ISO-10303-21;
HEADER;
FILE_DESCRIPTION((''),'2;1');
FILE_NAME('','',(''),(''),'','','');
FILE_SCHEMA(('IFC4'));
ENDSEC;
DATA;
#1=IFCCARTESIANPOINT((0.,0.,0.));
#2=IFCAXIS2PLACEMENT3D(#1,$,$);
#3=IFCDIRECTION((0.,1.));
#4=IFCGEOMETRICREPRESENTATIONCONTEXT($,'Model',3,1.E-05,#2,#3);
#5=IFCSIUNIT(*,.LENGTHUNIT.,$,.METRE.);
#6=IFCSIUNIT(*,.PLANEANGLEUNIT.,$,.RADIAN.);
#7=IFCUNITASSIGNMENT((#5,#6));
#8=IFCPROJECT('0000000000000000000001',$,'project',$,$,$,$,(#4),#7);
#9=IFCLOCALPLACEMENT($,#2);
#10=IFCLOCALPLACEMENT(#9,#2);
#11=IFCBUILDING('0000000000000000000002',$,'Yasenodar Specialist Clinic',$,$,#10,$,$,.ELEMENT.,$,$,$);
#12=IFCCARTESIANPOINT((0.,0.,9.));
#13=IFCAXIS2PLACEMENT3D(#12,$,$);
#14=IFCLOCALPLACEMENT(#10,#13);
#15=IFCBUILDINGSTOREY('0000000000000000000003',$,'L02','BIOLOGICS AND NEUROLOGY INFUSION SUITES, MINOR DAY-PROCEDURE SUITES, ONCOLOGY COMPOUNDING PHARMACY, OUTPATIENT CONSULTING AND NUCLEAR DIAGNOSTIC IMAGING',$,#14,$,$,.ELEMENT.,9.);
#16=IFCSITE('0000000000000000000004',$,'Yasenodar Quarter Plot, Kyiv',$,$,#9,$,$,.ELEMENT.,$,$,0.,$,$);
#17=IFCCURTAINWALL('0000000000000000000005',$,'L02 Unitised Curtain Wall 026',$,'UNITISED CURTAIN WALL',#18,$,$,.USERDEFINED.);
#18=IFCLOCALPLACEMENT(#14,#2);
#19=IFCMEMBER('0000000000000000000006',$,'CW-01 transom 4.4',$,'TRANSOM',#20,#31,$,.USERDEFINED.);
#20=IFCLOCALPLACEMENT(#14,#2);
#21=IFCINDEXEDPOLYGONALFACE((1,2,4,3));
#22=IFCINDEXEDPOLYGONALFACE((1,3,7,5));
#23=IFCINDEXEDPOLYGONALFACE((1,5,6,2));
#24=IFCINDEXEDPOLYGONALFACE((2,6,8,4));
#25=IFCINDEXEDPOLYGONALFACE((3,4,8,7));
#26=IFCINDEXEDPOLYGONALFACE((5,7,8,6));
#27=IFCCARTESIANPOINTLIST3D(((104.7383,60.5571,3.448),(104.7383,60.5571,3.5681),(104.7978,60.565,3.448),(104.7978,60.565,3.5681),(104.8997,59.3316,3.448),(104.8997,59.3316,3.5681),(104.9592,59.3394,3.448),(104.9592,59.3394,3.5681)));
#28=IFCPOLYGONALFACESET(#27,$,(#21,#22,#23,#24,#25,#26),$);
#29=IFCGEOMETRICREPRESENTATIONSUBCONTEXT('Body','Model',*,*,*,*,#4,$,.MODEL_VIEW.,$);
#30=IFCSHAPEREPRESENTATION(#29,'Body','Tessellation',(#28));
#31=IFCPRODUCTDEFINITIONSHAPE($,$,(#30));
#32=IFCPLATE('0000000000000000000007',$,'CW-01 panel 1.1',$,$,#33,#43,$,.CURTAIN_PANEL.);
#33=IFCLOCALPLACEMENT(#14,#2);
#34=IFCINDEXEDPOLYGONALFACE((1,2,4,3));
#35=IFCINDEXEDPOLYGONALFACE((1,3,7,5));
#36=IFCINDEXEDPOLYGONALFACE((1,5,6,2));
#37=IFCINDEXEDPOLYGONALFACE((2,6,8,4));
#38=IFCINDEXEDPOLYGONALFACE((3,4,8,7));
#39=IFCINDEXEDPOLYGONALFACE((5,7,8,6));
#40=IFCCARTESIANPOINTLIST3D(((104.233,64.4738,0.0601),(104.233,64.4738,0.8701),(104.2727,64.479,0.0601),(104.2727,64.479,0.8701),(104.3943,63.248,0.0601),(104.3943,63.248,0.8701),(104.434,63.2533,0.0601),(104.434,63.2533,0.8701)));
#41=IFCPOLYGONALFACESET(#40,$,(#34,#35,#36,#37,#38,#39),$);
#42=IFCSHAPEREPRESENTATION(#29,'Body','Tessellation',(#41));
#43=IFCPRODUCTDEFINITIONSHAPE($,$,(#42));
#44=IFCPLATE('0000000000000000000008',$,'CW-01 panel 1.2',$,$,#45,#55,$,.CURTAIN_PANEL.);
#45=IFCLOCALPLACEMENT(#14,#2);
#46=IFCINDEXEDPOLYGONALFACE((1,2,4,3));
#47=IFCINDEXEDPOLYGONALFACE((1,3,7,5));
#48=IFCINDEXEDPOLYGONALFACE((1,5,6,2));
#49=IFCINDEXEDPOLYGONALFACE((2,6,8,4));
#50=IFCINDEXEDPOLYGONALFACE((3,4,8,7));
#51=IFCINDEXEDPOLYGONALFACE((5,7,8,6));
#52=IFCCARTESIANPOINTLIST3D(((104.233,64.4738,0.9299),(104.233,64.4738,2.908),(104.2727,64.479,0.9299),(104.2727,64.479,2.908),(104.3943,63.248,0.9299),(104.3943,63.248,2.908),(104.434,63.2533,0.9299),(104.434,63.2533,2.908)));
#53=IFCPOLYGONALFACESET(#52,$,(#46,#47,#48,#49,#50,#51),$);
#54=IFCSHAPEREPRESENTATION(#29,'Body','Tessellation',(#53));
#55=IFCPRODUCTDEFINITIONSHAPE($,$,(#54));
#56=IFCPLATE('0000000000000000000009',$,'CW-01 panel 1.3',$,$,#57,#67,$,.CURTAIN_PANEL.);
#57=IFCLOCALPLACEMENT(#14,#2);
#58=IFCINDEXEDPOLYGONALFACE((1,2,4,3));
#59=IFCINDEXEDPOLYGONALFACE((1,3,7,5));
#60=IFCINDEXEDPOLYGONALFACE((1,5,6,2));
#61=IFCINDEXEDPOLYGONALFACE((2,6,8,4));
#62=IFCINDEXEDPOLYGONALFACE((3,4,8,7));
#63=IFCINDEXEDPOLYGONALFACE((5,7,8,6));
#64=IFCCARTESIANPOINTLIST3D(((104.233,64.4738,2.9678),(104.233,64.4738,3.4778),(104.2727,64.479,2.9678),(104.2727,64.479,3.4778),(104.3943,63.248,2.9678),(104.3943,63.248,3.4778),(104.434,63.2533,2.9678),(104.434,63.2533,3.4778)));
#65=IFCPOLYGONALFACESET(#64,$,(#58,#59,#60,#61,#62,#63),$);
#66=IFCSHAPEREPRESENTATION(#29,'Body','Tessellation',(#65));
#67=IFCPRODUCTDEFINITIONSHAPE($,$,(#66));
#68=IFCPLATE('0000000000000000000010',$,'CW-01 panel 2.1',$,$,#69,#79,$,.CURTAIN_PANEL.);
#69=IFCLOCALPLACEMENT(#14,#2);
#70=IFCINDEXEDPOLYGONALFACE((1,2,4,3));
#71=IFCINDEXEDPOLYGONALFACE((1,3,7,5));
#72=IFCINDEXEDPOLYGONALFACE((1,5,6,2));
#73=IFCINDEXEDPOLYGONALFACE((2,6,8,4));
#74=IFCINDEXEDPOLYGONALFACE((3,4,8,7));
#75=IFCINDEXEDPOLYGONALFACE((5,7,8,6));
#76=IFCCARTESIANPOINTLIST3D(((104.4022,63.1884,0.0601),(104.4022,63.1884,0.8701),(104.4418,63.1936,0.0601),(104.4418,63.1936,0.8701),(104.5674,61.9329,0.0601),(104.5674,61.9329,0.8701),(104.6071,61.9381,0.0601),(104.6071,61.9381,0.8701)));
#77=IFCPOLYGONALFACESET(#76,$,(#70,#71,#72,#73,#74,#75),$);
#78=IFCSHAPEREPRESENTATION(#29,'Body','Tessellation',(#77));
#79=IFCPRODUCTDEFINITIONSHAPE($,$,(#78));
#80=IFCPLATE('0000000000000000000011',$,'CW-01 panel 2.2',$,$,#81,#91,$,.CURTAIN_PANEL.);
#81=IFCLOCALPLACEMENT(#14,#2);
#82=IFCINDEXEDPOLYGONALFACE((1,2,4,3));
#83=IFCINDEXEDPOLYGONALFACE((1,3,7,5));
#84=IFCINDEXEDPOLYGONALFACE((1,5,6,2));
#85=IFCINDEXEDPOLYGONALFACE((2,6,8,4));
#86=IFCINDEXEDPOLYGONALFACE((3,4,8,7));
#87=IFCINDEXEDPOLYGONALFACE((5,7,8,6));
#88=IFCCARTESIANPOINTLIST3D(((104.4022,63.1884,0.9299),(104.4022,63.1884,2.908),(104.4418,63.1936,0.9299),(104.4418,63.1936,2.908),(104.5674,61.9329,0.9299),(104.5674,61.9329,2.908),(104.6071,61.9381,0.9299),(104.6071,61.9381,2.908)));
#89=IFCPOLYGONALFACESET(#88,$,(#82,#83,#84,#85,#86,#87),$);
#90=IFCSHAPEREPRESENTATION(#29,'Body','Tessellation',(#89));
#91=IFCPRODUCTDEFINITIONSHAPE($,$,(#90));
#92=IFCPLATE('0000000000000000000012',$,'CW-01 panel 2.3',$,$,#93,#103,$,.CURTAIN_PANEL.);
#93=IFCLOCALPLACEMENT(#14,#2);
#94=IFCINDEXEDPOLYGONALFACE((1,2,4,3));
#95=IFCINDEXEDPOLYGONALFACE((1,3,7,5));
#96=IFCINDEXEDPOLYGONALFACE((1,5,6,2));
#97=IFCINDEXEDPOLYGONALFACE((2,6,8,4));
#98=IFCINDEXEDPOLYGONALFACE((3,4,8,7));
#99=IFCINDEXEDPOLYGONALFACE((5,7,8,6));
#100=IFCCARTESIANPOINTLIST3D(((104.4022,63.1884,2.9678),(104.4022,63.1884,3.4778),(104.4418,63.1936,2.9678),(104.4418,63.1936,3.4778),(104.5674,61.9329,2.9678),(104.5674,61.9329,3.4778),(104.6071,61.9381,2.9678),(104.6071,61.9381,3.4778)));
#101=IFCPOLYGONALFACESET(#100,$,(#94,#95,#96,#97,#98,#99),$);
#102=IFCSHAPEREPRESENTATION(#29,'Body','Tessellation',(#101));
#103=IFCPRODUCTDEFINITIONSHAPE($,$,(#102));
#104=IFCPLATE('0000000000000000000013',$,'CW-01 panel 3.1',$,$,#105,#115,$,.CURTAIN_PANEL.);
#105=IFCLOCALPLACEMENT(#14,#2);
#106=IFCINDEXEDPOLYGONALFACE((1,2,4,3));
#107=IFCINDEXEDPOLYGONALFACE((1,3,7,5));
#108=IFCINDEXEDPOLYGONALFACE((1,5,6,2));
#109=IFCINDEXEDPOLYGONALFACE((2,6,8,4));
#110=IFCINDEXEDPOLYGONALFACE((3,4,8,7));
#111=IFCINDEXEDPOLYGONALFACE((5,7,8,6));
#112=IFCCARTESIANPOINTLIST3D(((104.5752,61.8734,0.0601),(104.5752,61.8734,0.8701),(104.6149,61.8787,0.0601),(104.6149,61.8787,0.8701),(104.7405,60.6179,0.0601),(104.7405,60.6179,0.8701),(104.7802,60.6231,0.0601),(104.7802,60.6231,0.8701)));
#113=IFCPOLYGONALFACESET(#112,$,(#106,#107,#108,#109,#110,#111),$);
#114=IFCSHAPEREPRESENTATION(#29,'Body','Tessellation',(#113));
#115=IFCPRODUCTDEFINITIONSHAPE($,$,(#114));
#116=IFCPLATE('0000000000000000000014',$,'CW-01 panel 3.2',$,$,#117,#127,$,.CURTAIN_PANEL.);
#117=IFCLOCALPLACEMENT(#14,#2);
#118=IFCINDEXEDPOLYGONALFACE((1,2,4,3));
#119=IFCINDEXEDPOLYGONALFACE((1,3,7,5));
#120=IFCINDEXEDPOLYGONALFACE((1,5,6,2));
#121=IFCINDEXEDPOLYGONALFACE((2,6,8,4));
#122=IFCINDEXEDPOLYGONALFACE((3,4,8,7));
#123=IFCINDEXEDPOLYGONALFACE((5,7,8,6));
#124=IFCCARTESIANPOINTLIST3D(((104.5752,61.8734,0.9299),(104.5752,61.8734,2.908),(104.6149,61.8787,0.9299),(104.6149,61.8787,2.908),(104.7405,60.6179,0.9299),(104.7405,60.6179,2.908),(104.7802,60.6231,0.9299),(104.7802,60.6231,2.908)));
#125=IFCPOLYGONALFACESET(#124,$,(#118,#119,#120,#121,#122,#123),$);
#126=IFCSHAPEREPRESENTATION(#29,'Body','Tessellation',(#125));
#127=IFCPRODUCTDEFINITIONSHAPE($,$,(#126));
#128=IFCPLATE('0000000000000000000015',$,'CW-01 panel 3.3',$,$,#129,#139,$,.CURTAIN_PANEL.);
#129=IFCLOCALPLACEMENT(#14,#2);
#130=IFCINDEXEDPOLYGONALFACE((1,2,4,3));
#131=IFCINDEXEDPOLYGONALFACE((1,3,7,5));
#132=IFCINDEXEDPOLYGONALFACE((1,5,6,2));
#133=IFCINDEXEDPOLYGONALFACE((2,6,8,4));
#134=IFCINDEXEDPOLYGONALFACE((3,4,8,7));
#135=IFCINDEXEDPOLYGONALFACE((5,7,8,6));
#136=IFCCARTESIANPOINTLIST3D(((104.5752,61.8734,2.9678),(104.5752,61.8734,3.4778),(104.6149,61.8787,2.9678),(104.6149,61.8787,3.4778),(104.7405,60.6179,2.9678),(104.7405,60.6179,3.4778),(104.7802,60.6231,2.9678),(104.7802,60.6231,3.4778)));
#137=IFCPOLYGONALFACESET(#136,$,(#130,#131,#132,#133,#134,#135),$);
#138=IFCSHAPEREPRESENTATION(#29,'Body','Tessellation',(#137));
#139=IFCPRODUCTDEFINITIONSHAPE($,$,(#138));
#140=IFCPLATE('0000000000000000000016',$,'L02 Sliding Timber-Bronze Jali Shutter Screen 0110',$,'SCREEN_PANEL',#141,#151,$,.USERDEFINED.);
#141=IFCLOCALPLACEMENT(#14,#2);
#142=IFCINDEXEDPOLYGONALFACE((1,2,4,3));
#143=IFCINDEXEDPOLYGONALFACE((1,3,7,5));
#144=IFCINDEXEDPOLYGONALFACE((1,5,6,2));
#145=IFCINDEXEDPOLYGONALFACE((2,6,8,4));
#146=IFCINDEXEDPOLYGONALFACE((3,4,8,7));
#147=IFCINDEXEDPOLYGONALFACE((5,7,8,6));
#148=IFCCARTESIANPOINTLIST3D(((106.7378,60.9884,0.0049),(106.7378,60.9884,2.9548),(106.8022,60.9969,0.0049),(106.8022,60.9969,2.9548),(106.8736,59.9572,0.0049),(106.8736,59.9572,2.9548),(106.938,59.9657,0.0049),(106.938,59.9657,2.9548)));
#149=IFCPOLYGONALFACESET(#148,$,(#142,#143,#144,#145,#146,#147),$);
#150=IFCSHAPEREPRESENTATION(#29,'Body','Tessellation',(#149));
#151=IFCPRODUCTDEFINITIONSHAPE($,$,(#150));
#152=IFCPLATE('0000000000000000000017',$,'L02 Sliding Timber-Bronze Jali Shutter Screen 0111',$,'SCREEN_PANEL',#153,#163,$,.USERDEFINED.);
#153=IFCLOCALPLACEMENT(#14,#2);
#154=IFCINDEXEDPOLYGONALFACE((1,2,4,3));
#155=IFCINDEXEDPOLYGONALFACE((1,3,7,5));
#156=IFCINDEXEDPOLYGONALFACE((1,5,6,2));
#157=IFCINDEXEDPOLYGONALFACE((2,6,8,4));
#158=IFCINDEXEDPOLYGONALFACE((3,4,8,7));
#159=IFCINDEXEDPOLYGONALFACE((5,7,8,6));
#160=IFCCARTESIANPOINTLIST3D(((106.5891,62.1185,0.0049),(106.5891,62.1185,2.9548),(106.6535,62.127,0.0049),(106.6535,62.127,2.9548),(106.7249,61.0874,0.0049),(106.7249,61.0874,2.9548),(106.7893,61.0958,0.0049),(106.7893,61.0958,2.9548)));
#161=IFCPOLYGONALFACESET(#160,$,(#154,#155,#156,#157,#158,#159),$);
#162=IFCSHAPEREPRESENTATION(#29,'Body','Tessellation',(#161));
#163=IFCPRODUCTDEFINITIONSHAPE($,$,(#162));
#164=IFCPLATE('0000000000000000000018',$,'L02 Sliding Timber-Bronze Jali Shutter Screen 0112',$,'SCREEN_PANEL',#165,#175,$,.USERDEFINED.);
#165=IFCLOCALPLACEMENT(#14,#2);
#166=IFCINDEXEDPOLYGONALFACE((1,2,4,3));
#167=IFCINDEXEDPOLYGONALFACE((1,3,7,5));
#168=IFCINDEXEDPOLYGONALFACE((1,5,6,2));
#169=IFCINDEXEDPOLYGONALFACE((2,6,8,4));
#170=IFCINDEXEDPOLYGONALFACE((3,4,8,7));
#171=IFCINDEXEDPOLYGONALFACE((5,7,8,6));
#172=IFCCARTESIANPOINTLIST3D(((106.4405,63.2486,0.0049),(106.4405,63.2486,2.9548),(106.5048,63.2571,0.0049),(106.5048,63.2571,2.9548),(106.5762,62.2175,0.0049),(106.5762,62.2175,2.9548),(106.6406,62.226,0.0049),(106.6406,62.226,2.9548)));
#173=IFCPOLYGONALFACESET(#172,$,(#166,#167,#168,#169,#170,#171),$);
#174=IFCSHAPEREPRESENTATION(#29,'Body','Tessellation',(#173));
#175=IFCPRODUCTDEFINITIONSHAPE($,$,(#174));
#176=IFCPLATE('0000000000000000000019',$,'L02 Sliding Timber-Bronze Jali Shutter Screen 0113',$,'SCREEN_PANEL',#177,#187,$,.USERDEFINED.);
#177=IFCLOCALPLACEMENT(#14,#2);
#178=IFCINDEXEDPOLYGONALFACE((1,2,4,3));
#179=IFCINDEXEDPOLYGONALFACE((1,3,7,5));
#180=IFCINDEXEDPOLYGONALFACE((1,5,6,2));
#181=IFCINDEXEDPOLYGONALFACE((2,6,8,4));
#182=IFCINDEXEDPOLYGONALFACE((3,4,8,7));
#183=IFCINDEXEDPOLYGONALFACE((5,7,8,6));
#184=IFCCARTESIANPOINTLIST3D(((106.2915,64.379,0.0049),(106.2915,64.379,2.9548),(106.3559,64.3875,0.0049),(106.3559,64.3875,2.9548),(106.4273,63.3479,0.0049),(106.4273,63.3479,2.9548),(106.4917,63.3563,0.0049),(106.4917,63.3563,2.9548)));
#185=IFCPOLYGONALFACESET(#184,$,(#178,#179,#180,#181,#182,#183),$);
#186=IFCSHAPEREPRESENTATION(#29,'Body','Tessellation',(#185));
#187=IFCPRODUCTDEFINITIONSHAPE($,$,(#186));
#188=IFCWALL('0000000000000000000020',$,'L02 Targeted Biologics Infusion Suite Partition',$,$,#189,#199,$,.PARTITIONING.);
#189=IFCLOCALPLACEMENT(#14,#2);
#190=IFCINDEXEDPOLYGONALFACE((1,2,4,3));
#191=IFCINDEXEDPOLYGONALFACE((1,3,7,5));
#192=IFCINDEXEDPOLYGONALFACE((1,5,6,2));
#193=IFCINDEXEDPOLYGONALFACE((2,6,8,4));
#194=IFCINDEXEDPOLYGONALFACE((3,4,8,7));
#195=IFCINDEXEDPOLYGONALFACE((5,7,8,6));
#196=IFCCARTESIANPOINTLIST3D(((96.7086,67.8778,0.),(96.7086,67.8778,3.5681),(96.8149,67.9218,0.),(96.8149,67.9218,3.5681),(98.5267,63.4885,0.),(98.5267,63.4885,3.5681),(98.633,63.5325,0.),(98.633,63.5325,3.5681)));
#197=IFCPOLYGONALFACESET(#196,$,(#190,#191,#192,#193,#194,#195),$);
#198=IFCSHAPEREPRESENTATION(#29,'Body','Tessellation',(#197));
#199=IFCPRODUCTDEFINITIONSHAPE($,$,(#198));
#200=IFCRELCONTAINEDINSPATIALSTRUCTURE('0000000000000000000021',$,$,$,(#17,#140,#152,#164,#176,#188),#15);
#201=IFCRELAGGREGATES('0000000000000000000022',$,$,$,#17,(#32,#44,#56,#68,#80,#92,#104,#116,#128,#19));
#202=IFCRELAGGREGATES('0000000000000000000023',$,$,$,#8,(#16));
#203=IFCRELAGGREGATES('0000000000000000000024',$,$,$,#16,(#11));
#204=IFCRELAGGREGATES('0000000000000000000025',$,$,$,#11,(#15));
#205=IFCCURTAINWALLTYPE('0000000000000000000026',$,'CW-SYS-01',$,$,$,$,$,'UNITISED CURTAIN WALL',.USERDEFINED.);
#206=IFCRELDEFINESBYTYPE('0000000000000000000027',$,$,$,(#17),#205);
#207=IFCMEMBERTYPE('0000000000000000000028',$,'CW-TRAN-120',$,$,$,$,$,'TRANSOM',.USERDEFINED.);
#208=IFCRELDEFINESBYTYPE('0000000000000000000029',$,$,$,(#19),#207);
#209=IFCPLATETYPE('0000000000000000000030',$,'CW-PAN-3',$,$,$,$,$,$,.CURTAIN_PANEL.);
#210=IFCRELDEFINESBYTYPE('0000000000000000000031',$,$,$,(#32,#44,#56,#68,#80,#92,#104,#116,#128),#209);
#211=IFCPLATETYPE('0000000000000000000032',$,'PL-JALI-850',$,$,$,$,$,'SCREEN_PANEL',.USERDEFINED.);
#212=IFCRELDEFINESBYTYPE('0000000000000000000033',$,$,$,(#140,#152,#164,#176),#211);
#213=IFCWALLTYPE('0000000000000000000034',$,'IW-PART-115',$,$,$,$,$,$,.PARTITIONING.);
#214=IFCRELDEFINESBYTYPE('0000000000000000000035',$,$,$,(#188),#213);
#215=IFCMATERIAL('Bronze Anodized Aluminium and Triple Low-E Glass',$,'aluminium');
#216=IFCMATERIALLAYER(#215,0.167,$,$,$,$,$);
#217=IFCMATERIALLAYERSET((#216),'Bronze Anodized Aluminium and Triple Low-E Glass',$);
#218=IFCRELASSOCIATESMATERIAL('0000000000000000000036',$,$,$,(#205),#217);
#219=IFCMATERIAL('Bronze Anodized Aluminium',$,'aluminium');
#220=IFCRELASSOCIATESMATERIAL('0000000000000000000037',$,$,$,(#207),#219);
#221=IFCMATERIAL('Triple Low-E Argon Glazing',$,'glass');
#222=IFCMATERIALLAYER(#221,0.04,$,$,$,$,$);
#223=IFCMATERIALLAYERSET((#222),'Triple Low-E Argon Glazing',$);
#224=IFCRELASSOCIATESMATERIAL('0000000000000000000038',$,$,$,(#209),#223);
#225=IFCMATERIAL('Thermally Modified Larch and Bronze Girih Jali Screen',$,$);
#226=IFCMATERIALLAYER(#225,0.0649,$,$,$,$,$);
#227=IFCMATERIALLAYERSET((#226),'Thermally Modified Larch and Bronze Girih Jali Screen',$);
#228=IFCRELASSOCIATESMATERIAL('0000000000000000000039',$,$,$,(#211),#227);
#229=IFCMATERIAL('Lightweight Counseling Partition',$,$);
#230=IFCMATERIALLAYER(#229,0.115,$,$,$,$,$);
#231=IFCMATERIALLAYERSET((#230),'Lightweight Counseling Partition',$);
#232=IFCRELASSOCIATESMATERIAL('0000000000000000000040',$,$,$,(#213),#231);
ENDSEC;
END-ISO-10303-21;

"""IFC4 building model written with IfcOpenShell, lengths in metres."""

from ifc_helpers import new_model, si_unit, direction, frame, frame_2d, origin, origin_2d, place, context, subcontext, project, spatial, rectangle, extrude, material, layer, layer_set, material_profile, profile_set, type_object, element, aggregate, save


model = new_model("IFC4")

# Units and contexts
model_context = context("Model", 3, precision=1e-05, world=origin(), true_north=direction((0.0, 1.0)))
body_context = subcontext(model_context, "Body", "Model", "MODEL_VIEW")
ifc_project = project(units=[si_unit("LENGTHUNIT", "METRE"), si_unit("PLANEANGLEUNIT", "RADIAN")], contexts=[model_context])

# Site, building, storey
site_placement = place(None, origin())
site = spatial("IfcSite", under=ifc_project, at=site_placement, Name="Yasenodar Quarter Plot, Kyiv", CompositionType="ELEMENT", RefElevation=0.0)
building_placement = place(site_placement, origin())
building = spatial("IfcBuilding", under=site, at=building_placement, Name="Yasenodar Specialist Clinic", CompositionType="ELEMENT")
storey_placement = place(building_placement, frame((0.0, 0.0, 9.0)))
storey = spatial("IfcBuildingStorey", under=building, at=storey_placement, Name="L02", Description="BIOLOGICS AND NEUROLOGY INFUSION SUITES, MINOR DAY-PROCEDURE SUITES, ONCOLOGY COMPOUNDING PHARMACY, OUTPATIENT CONSULTING AND NUCLEAR DIAGNOSTIC IMAGING", CompositionType="ELEMENT", Elevation=9.0)

# Curtain wall, member, plates
ifc_material_1 = material(Name="Bronze Anodized Aluminium and Triple Low-E Glass", Category="aluminium")
ifc_layer_1 = layer(ifc_material_1, 0.167)
ifc_layer_set_1 = layer_set([ifc_layer_1], Name="Bronze Anodized Aluminium and Triple Low-E Glass")
curtain_wall_type = type_object("IfcCurtainWallType", Name="CW-SYS-01", ElementType="UNITISED CURTAIN WALL", PredefinedType="USERDEFINED", material=ifc_layer_set_1)
curtain_wall_placement = place(storey_placement, origin())
curtain_wall = element("IfcCurtainWall", 1, at=curtain_wall_placement, inside=storey, type_object=curtain_wall_type, Name="L02 Unitised Curtain Wall 026", ObjectType="UNITISED CURTAIN WALL", PredefinedType="USERDEFINED")
ifc_material_2 = material(Name="Bronze Anodized Aluminium", Category="aluminium")
ifc_material_profile_1 = material_profile(ifc_material_2, rectangle(XDim=0.0601, YDim=0.1201, at=origin_2d()), Name="CW-TRAN 60x120")
ifc_profile_set_1 = profile_set([ifc_material_profile_1], Name="Bronze Anodized Aluminium")
member_type_1 = type_object("IfcMemberType", Name="CW-TRAN-120", ElementType="TRANSOM", PredefinedType="USERDEFINED", material=ifc_profile_set_1)
member_1_placement = place(storey_placement, frame((104.7681, 60.561, 3.5081), z_axis=(0.130546, -0.991442, 0.0), x_axis=(0.991442, 0.130546, 0.0)))
member_1 = element("IfcMember", 2, at=member_1_placement, type_object=member_type_1, Name="CW-01 transom 4.4", ObjectType="TRANSOM", PredefinedType="USERDEFINED", context=body_context, shape_type="SweptSolid", body=[
    extrude(rectangle(XDim=0.0601, YDim=0.1201, at=origin_2d()), origin(), (0.0, 0.0, 1.0), 1.2361),
])
ifc_material_3 = material(Name="Triple Low-E Argon Glazing", Category="glass")
ifc_layer_2 = layer(ifc_material_3, 0.04)
ifc_layer_set_2 = layer_set([ifc_layer_2], Name="Triple Low-E Argon Glazing")
plate_type_1 = type_object("IfcPlateType", Name="CW-PAN-3", PredefinedType="CURTAIN_PANEL", material=ifc_layer_set_2)
plate_1_placement = place(storey_placement, frame((104.3335, 63.8635, 0.0601), z_axis=(0.0, 0.0, 1.0), x_axis=(0.130512, -0.991447, 0.0)))
plate_1 = element("IfcPlate", 3, at=plate_1_placement, type_object=plate_type_1, Name="CW-01 panel 1.1", PredefinedType="CURTAIN_PANEL", context=body_context, shape_type="SweptSolid", body=[
    extrude(rectangle(XDim=1.2363, YDim=0.04, at=origin_2d()), origin(), (0.0, 0.0, 1.0), 0.8101),
])
plate_2_placement = place(storey_placement, frame((104.3335, 63.8635, 0.9299), z_axis=(0.0, 0.0, 1.0), x_axis=(0.130512, -0.991447, 0.0)))
plate_2 = element("IfcPlate", 4, at=plate_2_placement, type_object=plate_type_1, Name="CW-01 panel 1.2", PredefinedType="CURTAIN_PANEL", context=body_context, shape_type="SweptSolid", body=[
    extrude(rectangle(XDim=1.2363, YDim=0.04, at=origin_2d()), origin(), (0.0, 0.0, 1.0), 1.978),
])
plate_3_placement = place(storey_placement, frame((104.3335, 63.8635, 2.9678), z_axis=(0.0, 0.0, 1.0), x_axis=(0.130512, -0.991447, 0.0)))
plate_3 = element("IfcPlate", 5, at=plate_3_placement, type_object=plate_type_1, Name="CW-01 panel 1.3", PredefinedType="CURTAIN_PANEL", context=body_context, shape_type="SweptSolid", body=[
    extrude(rectangle(XDim=1.2363, YDim=0.04, at=origin_2d()), origin(), (0.0, 0.0, 1.0), 0.51),
])
plate_4_placement = place(storey_placement, frame((104.5046, 62.5632, 0.0601), z_axis=(0.0, 0.0, 1.0), x_axis=(0.130512, -0.991447, 0.0)))
plate_4 = element("IfcPlate", 6, at=plate_4_placement, type_object=plate_type_1, Name="CW-01 panel 2.1", PredefinedType="CURTAIN_PANEL", context=body_context, shape_type="SweptSolid", body=[
    extrude(rectangle(XDim=1.2664, YDim=0.04, at=origin_2d()), origin(), (0.0, 0.0, 1.0), 0.8101),
])
plate_5_placement = place(storey_placement, frame((104.5046, 62.5632, 0.9299), z_axis=(0.0, 0.0, 1.0), x_axis=(0.130512, -0.991447, 0.0)))
plate_5 = element("IfcPlate", 7, at=plate_5_placement, type_object=plate_type_1, Name="CW-01 panel 2.2", PredefinedType="CURTAIN_PANEL", context=body_context, shape_type="SweptSolid", body=[
    extrude(rectangle(XDim=1.2664, YDim=0.04, at=origin_2d()), origin(), (0.0, 0.0, 1.0), 1.978),
])
plate_6_placement = place(storey_placement, frame((104.5046, 62.5632, 2.9678), z_axis=(0.0, 0.0, 1.0), x_axis=(0.130512, -0.991447, 0.0)))
plate_6 = element("IfcPlate", 8, at=plate_6_placement, type_object=plate_type_1, Name="CW-01 panel 2.3", PredefinedType="CURTAIN_PANEL", context=body_context, shape_type="SweptSolid", body=[
    extrude(rectangle(XDim=1.2664, YDim=0.04, at=origin_2d()), origin(), (0.0, 0.0, 1.0), 0.51),
])
plate_7_placement = place(storey_placement, frame((104.6777, 61.2483, 0.0601), z_axis=(0.0, 0.0, 1.0), x_axis=(0.130512, -0.991447, 0.0)))
plate_7 = element("IfcPlate", 9, at=plate_7_placement, type_object=plate_type_1, Name="CW-01 panel 3.1", PredefinedType="CURTAIN_PANEL", context=body_context, shape_type="SweptSolid", body=[
    extrude(rectangle(XDim=1.2664, YDim=0.04, at=origin_2d()), origin(), (0.0, 0.0, 1.0), 0.8101),
])
plate_8_placement = place(storey_placement, frame((104.6777, 61.2483, 0.9299), z_axis=(0.0, 0.0, 1.0), x_axis=(0.130512, -0.991447, 0.0)))
plate_8 = element("IfcPlate", 10, at=plate_8_placement, type_object=plate_type_1, Name="CW-01 panel 3.2", PredefinedType="CURTAIN_PANEL", context=body_context, shape_type="SweptSolid", body=[
    extrude(rectangle(XDim=1.2664, YDim=0.04, at=origin_2d()), origin(), (0.0, 0.0, 1.0), 1.978),
])
plate_9_placement = place(storey_placement, frame((104.6777, 61.2483, 2.9678), z_axis=(0.0, 0.0, 1.0), x_axis=(0.130512, -0.991447, 0.0)))
plate_9 = element("IfcPlate", 11, at=plate_9_placement, type_object=plate_type_1, Name="CW-01 panel 3.3", PredefinedType="CURTAIN_PANEL", context=body_context, shape_type="SweptSolid", body=[
    extrude(rectangle(XDim=1.2664, YDim=0.04, at=origin_2d()), origin(), (0.0, 0.0, 1.0), 0.51),
])
aggregate(curtain_wall, [plate_1, plate_2, plate_3, plate_4, plate_5, plate_6, plate_7, plate_8, plate_9, member_1])

# Plates
ifc_material_4 = material(Name="Thermally Modified Larch and Bronze Girih Jali Screen")
ifc_layer_3 = layer(ifc_material_4, 0.0649)
ifc_layer_set_3 = layer_set([ifc_layer_3], Name="Thermally Modified Larch and Bronze Girih Jali Screen")
plate_type_2 = type_object("IfcPlateType", Name="PL-JALI-850", ElementType="SCREEN_PANEL", PredefinedType="USERDEFINED", material=ifc_layer_set_3)
for number, where, z_axis, x_axis, name in (
    (12, (106.8379, 60.4771, 0.0049), (0.0, 0.0, 1.0), (-0.130519, 0.991446, 0.0), "L02 Sliding Timber-Bronze Jali Shutter Screen 0110"),
    (13, (106.6892, 61.6072, 0.0049), (0.0, 0.0, 1.0), (-0.130519, 0.991446, 0.0), "L02 Sliding Timber-Bronze Jali Shutter Screen 0111"),
    (14, (106.5405, 62.7373, 0.0049), (0.0, 0.0, 1.0), (-0.130519, 0.991446, 0.0), "L02 Sliding Timber-Bronze Jali Shutter Screen 0112"),
    (15, (106.3916, 63.8677, 0.0049), (0.0, 0.0, 1.0), (-0.130519, 0.991446, 0.0), "L02 Sliding Timber-Bronze Jali Shutter Screen 0113"),
):
    element("IfcPlate", number, at=place(storey_placement, frame(where, z_axis=z_axis, x_axis=x_axis)), inside=storey, type_object=plate_type_2, Name=name, ObjectType="SCREEN_PANEL", PredefinedType="USERDEFINED", context=body_context, shape_type="SweptSolid", body=[
        extrude(rectangle(XDim=1.04, YDim=0.0649, at=origin_2d()), origin(), (0.0, 0.0, 1.0), 2.95),
    ])

# Wall
ifc_material_5 = material(Name="Lightweight Counseling Partition")
ifc_layer_4 = layer(ifc_material_5, 0.115)
ifc_layer_set_4 = layer_set([ifc_layer_4], Name="Lightweight Counseling Partition")
wall_type = type_object("IfcWallType", Name="IW-PART-115", PredefinedType="PARTITIONING", material=ifc_layer_set_4)
wall_placement = place(storey_placement, frame((98.5798, 63.5105, 0.0), z_axis=(0.0, 0.0, 1.0), x_axis=(-0.382677, 0.923882, 0.0)))
element("IfcWall", 16, at=wall_placement, inside=storey, type_object=wall_type, Name="L02 Targeted Biologics Infusion Suite Partition", PredefinedType="PARTITIONING", context=body_context, shape_type="SweptSolid", body=[
    extrude(rectangle(XDim=4.751, YDim=0.115, at=frame_2d((2.3755, 0.0))), origin(), (0.0, 0.0, 1.0), 3.5681),
])

save(model, "model.ifc")
